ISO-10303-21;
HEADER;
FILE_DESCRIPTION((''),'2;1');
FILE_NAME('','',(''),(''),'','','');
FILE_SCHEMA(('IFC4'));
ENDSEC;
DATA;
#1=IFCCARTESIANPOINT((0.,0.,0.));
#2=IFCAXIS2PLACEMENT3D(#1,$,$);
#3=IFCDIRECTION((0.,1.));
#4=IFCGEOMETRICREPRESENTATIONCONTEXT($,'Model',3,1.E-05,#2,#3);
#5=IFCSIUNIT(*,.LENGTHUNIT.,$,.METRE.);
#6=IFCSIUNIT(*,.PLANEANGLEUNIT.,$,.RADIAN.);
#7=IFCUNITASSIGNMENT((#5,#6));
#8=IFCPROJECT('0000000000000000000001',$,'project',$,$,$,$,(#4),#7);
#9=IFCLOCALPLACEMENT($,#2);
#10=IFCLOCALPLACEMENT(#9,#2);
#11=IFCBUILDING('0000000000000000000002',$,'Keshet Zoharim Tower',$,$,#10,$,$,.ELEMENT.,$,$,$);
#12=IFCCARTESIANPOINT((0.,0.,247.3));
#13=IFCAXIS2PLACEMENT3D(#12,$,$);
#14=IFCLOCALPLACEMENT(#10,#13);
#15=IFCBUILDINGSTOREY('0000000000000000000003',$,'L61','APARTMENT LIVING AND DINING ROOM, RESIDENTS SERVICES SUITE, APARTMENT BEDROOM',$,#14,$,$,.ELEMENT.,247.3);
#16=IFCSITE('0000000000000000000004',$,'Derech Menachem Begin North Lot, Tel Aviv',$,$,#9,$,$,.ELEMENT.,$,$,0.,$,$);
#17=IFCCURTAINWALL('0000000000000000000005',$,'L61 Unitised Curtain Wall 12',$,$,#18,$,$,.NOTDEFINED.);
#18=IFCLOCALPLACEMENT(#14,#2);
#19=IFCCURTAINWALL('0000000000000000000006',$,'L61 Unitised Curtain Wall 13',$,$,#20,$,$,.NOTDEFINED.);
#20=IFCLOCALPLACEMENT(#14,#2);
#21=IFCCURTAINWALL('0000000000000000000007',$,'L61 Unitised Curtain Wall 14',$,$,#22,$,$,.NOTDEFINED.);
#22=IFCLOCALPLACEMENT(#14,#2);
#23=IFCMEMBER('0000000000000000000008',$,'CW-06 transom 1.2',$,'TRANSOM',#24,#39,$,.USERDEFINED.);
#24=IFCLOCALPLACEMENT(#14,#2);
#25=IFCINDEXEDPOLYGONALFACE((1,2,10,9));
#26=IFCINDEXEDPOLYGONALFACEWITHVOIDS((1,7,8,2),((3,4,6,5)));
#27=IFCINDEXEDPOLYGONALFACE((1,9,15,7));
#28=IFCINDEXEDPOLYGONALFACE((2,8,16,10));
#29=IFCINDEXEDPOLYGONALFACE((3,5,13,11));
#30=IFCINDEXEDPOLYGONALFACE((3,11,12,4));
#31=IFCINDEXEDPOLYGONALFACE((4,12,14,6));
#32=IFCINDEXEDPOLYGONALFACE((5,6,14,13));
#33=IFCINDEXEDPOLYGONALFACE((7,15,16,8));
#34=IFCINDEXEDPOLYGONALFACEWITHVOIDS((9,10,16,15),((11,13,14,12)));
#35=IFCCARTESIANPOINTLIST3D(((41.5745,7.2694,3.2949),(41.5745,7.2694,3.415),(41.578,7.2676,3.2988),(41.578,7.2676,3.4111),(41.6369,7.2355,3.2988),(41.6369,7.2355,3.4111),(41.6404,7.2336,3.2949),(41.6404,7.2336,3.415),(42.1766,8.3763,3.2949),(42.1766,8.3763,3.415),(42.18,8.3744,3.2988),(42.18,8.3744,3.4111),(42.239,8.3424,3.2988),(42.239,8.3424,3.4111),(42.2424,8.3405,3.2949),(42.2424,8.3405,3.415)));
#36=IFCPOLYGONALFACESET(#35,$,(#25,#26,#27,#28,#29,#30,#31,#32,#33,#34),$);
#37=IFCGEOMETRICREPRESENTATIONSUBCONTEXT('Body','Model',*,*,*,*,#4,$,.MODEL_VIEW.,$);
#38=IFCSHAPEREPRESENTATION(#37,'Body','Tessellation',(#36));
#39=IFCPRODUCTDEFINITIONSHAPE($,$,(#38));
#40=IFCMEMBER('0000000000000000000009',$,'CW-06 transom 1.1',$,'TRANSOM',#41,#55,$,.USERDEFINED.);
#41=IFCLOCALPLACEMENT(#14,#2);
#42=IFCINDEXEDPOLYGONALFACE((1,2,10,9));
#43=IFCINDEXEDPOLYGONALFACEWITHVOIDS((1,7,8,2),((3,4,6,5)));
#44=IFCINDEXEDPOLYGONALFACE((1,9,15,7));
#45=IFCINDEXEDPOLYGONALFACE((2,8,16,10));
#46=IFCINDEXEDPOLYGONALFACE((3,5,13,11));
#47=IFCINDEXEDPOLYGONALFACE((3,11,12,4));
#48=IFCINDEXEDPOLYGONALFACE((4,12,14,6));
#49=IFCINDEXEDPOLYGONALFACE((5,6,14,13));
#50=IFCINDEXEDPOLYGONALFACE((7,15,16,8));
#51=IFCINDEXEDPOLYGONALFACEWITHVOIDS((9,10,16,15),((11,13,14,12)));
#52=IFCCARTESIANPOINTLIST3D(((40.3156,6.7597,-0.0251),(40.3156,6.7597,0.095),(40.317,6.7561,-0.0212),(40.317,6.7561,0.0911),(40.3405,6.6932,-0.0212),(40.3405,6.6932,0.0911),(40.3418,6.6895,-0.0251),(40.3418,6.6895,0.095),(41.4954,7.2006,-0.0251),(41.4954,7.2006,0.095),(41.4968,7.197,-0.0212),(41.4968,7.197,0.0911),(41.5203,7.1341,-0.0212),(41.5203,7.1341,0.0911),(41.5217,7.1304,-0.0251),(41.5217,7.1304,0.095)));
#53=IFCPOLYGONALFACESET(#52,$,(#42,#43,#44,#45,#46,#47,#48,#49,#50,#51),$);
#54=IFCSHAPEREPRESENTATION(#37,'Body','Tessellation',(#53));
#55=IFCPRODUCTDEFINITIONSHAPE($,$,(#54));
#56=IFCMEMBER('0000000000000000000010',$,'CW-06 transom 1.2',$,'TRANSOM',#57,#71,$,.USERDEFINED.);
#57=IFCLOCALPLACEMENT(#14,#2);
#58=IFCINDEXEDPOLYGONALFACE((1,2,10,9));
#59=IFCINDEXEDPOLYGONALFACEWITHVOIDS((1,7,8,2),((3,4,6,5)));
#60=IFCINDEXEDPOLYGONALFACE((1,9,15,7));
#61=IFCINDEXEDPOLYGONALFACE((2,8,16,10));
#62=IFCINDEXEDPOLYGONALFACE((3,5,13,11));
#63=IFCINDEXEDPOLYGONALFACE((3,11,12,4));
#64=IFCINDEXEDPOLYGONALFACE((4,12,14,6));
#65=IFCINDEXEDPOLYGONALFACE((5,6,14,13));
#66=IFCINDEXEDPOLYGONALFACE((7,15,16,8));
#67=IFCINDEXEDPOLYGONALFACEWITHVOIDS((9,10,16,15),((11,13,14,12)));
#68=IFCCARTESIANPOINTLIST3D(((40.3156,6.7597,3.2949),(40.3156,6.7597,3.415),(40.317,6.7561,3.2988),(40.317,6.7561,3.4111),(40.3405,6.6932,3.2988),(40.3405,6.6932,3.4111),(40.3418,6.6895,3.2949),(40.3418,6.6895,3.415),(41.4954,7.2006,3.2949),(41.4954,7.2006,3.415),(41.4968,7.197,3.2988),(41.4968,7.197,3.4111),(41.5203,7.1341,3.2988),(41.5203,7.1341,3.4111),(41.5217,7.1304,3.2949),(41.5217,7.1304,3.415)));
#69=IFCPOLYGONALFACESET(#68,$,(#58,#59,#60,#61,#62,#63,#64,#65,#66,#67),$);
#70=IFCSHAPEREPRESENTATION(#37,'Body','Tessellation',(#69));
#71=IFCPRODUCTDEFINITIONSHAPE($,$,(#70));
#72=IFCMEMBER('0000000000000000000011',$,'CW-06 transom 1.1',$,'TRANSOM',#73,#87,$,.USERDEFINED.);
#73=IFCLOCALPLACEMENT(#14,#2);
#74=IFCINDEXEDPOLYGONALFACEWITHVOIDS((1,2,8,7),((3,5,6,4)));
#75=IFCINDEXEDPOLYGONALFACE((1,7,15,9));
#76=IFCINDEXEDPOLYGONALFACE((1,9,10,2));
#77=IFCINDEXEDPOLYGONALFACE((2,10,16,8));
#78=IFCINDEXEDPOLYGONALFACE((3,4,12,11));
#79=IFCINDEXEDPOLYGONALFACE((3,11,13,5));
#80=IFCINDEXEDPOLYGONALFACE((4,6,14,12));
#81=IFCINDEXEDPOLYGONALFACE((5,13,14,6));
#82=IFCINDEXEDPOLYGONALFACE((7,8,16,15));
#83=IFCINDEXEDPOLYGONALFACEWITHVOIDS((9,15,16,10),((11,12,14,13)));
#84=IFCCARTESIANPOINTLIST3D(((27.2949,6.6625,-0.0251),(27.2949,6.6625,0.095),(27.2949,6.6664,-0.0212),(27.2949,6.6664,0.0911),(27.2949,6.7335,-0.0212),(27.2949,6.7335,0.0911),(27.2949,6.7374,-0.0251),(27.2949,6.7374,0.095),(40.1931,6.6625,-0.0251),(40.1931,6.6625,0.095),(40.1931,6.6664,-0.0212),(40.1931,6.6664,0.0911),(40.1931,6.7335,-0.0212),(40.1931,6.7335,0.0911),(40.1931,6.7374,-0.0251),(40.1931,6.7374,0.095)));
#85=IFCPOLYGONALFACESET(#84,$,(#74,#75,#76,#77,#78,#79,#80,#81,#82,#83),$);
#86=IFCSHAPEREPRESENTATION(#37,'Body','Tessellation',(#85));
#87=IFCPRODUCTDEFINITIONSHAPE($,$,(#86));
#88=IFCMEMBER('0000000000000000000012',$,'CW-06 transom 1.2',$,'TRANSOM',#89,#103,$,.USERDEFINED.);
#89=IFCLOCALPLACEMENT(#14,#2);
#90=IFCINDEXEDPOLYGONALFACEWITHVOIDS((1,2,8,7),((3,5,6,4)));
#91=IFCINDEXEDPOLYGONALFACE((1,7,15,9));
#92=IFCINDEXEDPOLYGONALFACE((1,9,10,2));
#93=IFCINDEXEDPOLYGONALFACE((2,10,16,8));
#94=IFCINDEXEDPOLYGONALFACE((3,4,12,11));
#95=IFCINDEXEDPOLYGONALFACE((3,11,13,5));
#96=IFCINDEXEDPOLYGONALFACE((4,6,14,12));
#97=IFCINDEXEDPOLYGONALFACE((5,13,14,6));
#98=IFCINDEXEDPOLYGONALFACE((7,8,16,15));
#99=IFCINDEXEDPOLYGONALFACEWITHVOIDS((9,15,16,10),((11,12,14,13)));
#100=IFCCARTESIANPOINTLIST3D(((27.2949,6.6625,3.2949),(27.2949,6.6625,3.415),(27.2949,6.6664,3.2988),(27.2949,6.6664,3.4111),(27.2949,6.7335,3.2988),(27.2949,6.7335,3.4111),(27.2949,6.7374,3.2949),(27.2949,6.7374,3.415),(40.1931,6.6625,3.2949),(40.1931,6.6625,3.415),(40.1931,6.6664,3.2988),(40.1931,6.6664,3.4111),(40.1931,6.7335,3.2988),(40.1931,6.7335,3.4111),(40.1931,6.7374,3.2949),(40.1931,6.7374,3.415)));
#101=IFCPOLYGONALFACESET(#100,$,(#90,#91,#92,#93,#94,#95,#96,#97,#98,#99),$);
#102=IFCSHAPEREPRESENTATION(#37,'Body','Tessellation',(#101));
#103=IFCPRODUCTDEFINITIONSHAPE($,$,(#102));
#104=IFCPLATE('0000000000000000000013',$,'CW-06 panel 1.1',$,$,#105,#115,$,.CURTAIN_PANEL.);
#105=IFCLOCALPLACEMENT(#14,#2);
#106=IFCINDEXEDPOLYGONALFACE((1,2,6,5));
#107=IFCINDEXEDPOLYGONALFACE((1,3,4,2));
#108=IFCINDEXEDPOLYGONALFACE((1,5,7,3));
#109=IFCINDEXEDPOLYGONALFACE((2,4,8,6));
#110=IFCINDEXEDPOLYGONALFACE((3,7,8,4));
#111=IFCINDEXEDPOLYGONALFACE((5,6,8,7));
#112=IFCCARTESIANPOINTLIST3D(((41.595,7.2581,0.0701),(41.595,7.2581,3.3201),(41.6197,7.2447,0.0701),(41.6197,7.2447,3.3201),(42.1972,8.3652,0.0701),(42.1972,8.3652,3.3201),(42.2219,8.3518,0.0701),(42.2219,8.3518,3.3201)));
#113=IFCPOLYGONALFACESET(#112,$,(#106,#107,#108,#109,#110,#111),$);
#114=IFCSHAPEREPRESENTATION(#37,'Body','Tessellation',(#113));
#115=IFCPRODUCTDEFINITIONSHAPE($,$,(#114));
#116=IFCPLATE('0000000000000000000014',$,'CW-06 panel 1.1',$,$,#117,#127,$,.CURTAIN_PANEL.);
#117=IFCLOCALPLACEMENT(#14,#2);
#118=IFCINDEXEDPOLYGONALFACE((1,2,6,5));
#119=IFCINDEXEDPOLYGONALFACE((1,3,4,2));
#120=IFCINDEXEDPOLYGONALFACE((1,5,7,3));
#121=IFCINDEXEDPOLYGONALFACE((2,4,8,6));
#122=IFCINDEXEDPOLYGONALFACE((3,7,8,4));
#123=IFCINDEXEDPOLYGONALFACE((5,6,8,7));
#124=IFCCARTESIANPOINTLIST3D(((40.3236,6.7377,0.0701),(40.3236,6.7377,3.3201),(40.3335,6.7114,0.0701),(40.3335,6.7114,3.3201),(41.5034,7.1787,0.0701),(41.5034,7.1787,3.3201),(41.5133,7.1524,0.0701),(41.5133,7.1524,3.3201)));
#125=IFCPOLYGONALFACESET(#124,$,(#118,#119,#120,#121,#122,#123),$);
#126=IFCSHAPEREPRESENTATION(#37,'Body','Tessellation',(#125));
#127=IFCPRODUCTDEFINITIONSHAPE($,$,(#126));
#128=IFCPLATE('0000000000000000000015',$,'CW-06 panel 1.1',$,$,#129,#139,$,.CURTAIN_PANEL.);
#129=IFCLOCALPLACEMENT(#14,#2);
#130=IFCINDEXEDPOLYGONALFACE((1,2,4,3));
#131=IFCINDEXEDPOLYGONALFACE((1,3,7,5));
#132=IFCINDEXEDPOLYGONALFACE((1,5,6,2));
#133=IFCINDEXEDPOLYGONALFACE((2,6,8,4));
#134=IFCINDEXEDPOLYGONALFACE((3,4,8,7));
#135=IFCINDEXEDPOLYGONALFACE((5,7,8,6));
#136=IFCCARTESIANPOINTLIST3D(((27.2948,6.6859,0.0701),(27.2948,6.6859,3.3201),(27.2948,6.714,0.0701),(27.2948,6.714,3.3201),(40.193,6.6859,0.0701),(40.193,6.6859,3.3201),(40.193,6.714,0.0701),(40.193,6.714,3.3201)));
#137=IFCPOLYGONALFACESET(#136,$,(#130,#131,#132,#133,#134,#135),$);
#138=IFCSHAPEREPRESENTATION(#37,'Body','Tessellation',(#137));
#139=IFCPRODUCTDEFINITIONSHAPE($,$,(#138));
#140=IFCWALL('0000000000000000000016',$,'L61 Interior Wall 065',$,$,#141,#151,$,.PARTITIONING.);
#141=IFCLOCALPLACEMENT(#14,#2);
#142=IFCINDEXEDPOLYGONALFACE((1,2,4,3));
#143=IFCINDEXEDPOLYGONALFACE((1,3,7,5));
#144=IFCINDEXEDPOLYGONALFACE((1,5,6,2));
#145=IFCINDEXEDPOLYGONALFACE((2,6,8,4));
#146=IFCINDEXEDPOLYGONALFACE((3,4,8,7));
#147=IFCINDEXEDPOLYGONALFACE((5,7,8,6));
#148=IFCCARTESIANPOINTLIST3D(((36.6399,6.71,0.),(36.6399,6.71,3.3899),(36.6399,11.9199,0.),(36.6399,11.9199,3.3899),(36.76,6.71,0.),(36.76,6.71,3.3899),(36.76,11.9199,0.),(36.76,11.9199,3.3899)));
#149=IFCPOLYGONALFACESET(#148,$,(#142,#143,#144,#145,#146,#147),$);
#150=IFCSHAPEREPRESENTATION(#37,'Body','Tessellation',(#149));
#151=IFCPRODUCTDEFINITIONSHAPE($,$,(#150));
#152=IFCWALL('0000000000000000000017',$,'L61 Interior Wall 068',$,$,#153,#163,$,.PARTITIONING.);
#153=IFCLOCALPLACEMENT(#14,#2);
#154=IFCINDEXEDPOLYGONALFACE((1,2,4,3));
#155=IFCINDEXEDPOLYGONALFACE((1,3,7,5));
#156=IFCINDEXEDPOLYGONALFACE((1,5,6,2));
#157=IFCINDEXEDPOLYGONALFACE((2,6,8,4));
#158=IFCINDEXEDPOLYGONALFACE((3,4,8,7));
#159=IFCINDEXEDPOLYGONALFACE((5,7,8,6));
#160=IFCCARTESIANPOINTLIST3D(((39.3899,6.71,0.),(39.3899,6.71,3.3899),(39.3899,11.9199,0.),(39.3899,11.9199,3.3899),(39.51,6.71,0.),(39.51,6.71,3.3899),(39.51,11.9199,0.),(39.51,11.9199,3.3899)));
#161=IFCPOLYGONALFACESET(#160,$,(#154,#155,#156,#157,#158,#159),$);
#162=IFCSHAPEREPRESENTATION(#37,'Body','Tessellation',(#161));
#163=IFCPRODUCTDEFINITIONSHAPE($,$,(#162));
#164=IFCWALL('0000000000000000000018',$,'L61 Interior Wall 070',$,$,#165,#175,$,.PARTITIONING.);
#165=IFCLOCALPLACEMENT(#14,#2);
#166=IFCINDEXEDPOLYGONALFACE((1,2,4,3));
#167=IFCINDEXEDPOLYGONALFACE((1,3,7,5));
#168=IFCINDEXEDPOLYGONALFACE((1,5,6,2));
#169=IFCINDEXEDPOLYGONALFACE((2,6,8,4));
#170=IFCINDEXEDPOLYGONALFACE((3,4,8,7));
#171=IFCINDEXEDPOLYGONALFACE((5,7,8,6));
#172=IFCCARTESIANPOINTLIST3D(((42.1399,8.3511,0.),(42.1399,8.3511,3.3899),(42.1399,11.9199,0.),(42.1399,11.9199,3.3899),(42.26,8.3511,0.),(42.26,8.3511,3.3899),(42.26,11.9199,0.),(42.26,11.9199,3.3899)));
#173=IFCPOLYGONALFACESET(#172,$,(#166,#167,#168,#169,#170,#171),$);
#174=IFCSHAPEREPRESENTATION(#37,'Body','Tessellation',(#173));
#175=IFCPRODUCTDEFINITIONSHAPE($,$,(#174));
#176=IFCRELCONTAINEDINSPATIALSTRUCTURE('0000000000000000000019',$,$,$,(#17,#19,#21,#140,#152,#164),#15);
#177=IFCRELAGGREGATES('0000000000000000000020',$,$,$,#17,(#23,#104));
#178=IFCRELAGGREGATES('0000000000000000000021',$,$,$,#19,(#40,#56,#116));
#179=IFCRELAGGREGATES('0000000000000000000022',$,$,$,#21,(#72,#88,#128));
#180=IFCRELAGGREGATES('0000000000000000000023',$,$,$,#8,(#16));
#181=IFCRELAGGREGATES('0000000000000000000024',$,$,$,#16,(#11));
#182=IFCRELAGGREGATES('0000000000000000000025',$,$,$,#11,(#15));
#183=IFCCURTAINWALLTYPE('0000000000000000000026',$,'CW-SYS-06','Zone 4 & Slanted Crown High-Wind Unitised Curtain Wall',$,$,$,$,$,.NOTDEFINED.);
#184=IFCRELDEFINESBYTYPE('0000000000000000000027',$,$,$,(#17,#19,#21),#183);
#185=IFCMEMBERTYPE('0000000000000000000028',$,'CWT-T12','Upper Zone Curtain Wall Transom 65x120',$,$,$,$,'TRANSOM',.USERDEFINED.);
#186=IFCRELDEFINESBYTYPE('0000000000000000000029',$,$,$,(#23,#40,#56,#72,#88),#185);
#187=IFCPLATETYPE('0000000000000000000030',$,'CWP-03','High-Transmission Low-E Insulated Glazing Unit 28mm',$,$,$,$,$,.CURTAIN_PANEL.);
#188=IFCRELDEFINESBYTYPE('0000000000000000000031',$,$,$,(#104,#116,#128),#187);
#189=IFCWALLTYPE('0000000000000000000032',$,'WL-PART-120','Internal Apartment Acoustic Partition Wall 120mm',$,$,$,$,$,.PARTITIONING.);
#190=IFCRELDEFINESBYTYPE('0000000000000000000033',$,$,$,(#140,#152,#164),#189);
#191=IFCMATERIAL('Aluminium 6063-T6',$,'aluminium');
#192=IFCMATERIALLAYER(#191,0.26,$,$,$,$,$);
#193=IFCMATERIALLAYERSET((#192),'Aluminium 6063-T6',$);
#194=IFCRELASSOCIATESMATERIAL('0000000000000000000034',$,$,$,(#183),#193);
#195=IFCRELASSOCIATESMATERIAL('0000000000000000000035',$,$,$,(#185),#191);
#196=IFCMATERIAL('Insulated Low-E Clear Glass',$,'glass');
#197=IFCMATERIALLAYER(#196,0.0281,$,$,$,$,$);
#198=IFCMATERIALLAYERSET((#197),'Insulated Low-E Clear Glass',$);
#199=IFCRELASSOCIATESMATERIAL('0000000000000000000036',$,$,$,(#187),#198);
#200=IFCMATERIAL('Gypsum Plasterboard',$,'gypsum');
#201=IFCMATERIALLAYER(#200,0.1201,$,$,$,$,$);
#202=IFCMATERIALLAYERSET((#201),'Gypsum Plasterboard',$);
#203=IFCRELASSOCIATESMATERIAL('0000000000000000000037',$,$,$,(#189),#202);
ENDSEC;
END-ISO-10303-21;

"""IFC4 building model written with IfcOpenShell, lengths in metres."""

from ifc_helpers import new_model, si_unit, direction, frame, frame_2d, origin, origin_2d, place, context, subcontext, project, spatial, rectangle, hollow_rectangle, extrude, material, layer, layer_set, material_profile, profile_set, type_object, element, aggregate, save


model = new_model("IFC4")

# Units and contexts
model_context = context("Model", 3, precision=1e-05, world=origin(), true_north=direction((0.0, 1.0)))
body_context = subcontext(model_context, "Body", "Model", "MODEL_VIEW")
ifc_project = project(units=[si_unit("LENGTHUNIT", "METRE"), si_unit("PLANEANGLEUNIT", "RADIAN")], contexts=[model_context])

# Site, building, storey
site_placement = place(None, origin())
site = spatial("IfcSite", under=ifc_project, at=site_placement, Name="Derech Menachem Begin North Lot, Tel Aviv", CompositionType="ELEMENT", RefElevation=0.0)
building_placement = place(site_placement, origin())
building = spatial("IfcBuilding", under=site, at=building_placement, Name="Keshet Zoharim Tower", CompositionType="ELEMENT")
storey_placement = place(building_placement, frame((0.0, 0.0, 247.3)))
storey = spatial("IfcBuildingStorey", under=building, at=storey_placement, Name="L61", Description="APARTMENT LIVING AND DINING ROOM, RESIDENTS SERVICES SUITE, APARTMENT BEDROOM", CompositionType="ELEMENT", Elevation=247.3)

# Shared definitions
ifc_material_1 = material(Name="Aluminium 6063-T6", Category="aluminium")
ifc_layer_1 = layer(ifc_material_1, 0.26)
ifc_layer_set_1 = layer_set([ifc_layer_1], Name="Aluminium 6063-T6")
curtain_wall_type = type_object("IfcCurtainWallType", Name="CW-SYS-06", Description="Zone 4 & Slanted Crown High-Wind Unitised Curtain Wall", PredefinedType="NOTDEFINED", material=ifc_layer_set_1)

# Curtain walls
curtain_wall_1_placement = place(storey_placement, origin())
curtain_wall_1 = element("IfcCurtainWall", 1, at=curtain_wall_1_placement, inside=storey, type_object=curtain_wall_type, Name="L61 Unitised Curtain Wall 12", PredefinedType="NOTDEFINED")
curtain_wall_2_placement = place(storey_placement, origin())
curtain_wall_2 = element("IfcCurtainWall", 2, at=curtain_wall_2_placement, inside=storey, type_object=curtain_wall_type, Name="L61 Unitised Curtain Wall 13", PredefinedType="NOTDEFINED")

# Curtain wall
curtain_wall_3_placement = place(storey_placement, origin())
curtain_wall_3 = element("IfcCurtainWall", 3, at=curtain_wall_3_placement, inside=storey, type_object=curtain_wall_type, Name="L61 Unitised Curtain Wall 14", PredefinedType="NOTDEFINED")

# Members
ifc_material_profile_1 = material_profile(ifc_material_1, hollow_rectangle(XDim=0.075, YDim=0.1201, WallThickness=0.0039, at=origin_2d()), Name="TRN-75x120")
ifc_profile_set_1 = profile_set([ifc_material_profile_1], Name="Aluminium 6063-T6")
member_type_1 = type_object("IfcMemberType", Name="CWT-T12", Description="Upper Zone Curtain Wall Transom 65x120", ElementType="TRANSOM", PredefinedType="USERDEFINED", material=ifc_profile_set_1)
member_1_placement = place(storey_placement, frame((42.2095, 8.3584, 3.355), z_axis=(-0.477793, -0.878472, 0.0), x_axis=(0.878472, -0.477793, 0.0)))
member_1 = element("IfcMember", 4, at=member_1_placement, type_object=member_type_1, Name="CW-06 transom 1.2", ObjectType="TRANSOM", PredefinedType="USERDEFINED", context=body_context, shape_type="SweptSolid", body=[
    extrude(hollow_rectangle(XDim=0.075, YDim=0.1201, WallThickness=0.0039, at=origin_2d()), origin(), (0.0, 0.0, 1.0), 1.26),
])
member_2_placement = place(storey_placement, frame((41.5085, 7.1655, 0.0349), z_axis=(-0.936735, -0.35004, 0.0), x_axis=(0.35004, -0.936735, 0.0)))
member_2 = element("IfcMember", 5, at=member_2_placement, type_object=member_type_1, Name="CW-06 transom 1.1", ObjectType="TRANSOM", PredefinedType="USERDEFINED", context=body_context, shape_type="SweptSolid", body=[
    extrude(hollow_rectangle(XDim=0.075, YDim=0.1201, WallThickness=0.0039, at=origin_2d()), origin(), (0.0, 0.0, 1.0), 1.2595),
])
member_3_placement = place(storey_placement, frame((41.5085, 7.1655, 3.355), z_axis=(-0.936735, -0.35004, 0.0), x_axis=(0.35004, -0.936735, 0.0)))
member_3 = element("IfcMember", 6, at=member_3_placement, type_object=member_type_1, Name="CW-06 transom 1.2", ObjectType="TRANSOM", PredefinedType="USERDEFINED", context=body_context, shape_type="SweptSolid", body=[
    extrude(hollow_rectangle(XDim=0.075, YDim=0.1201, WallThickness=0.0039, at=origin_2d()), origin(), (0.0, 0.0, 1.0), 1.2595),
])
member_4_placement = place(storey_placement, frame((40.1931, 6.7, 0.0349), z_axis=(-1.0, 0.0, 0.0), x_axis=(0.0, -1.0, 0.0)))
member_4 = element("IfcMember", 7, at=member_4_placement, type_object=member_type_1, Name="CW-06 transom 1.1", ObjectType="TRANSOM", PredefinedType="USERDEFINED", context=body_context, shape_type="SweptSolid", body=[
    extrude(hollow_rectangle(XDim=0.075, YDim=0.1201, WallThickness=0.0039, at=origin_2d()), origin(), (0.0, 0.0, 1.0), 12.8982),
])
member_5_placement = place(storey_placement, frame((40.1931, 6.7, 3.355), z_axis=(-1.0, 0.0, 0.0), x_axis=(0.0, -1.0, 0.0)))
member_5 = element("IfcMember", 8, at=member_5_placement, type_object=member_type_1, Name="CW-06 transom 1.2", ObjectType="TRANSOM", PredefinedType="USERDEFINED", context=body_context, shape_type="SweptSolid", body=[
    extrude(hollow_rectangle(XDim=0.075, YDim=0.1201, WallThickness=0.0039, at=origin_2d()), origin(), (0.0, 0.0, 1.0), 12.8982),
])

# Plates
ifc_material_2 = material(Name="Insulated Low-E Clear Glass", Category="glass")
ifc_layer_2 = layer(ifc_material_2, 0.0281)
ifc_layer_set_2 = layer_set([ifc_layer_2], Name="Insulated Low-E Clear Glass")
plate_type = type_object("IfcPlateType", Name="CWP-03", Description="High-Transmission Low-E Insulated Glazing Unit 28mm", PredefinedType="CURTAIN_PANEL", material=ifc_layer_set_2)
plate_1_placement = place(storey_placement, frame((41.9084, 7.8049, 0.0701), z_axis=(0.0, 0.0, 1.0), x_axis=(-0.477801, -0.878468, 0.0)))
plate_1 = element("IfcPlate", 9, at=plate_1_placement, type_object=plate_type, Name="CW-06 panel 1.1", PredefinedType="CURTAIN_PANEL", context=body_context, shape_type="SweptSolid", body=[
    extrude(rectangle(XDim=1.2603, YDim=0.0281, at=origin_2d()), origin(), (0.0, 0.0, 1.0), 3.25),
])
aggregate(curtain_wall_1, [member_1, plate_1])
plate_2_placement = place(storey_placement, frame((40.9185, 6.9451, 0.0701), z_axis=(0.0, 0.0, 1.0), x_axis=(-0.93671, -0.350105, 0.0)))
plate_2 = element("IfcPlate", 10, at=plate_2_placement, type_object=plate_type, Name="CW-06 panel 1.1", PredefinedType="CURTAIN_PANEL", context=body_context, shape_type="SweptSolid", body=[
    extrude(rectangle(XDim=1.2595, YDim=0.0281, at=origin_2d()), origin(), (0.0, 0.0, 1.0), 3.25),
])
aggregate(curtain_wall_2, [member_2, member_3, plate_2])
plate_3_placement = place(storey_placement, frame((33.7439, 6.7, 0.0701), z_axis=(0.0, 0.0, 1.0), x_axis=(-1.0, 0.0, 0.0)))
plate_3 = element("IfcPlate", 11, at=plate_3_placement, type_object=plate_type, Name="CW-06 panel 1.1", PredefinedType="CURTAIN_PANEL", context=body_context, shape_type="SweptSolid", body=[
    extrude(rectangle(XDim=12.8982, YDim=0.0281, at=origin_2d()), origin(), (0.0, 0.0, 1.0), 3.25),
])
aggregate(curtain_wall_3, [member_4, member_5, plate_3])

# Walls
ifc_material_3 = material(Name="Gypsum Plasterboard", Category="gypsum")
ifc_layer_3 = layer(ifc_material_3, 0.1201)
ifc_layer_set_3 = layer_set([ifc_layer_3], Name="Gypsum Plasterboard")
wall_type = type_object("IfcWallType", Name="WL-PART-120", Description="Internal Apartment Acoustic Partition Wall 120mm", PredefinedType="PARTITIONING", material=ifc_layer_set_3)
for number, where, z_axis, x_axis, name in (
    (12, (36.7, 6.71, 0.0), (0.0, 0.0, 1.0), (0.0, 1.0, 0.0), "L61 Interior Wall 065"),
    (13, (39.45, 6.71, 0.0), (0.0, 0.0, 1.0), (0.0, 1.0, 0.0), "L61 Interior Wall 068"),
):
    element("IfcWall", number, at=place(storey_placement, frame(where, z_axis=z_axis, x_axis=x_axis)), inside=storey, type_object=wall_type, Name=name, PredefinedType="PARTITIONING", context=body_context, shape_type="SweptSolid", body=[
        extrude(rectangle(XDim=5.21, YDim=0.1201, at=frame_2d((2.605, 0.0))), origin(), (0.0, 0.0, 1.0), 3.3899),
    ])
wall_1_placement = place(storey_placement, frame((42.2, 8.3511, 0.0), z_axis=(0.0, 0.0, 1.0), x_axis=(0.0, 1.0, 0.0)))
element("IfcWall", 14, at=wall_1_placement, inside=storey, type_object=wall_type, Name="L61 Interior Wall 070", PredefinedType="PARTITIONING", context=body_context, shape_type="SweptSolid", body=[
    extrude(rectangle(XDim=3.5688, YDim=0.1201, at=frame_2d((1.7844, 0.0))), origin(), (0.0, 0.0, 1.0), 3.3899),
])

save(model, "model.ifc")
